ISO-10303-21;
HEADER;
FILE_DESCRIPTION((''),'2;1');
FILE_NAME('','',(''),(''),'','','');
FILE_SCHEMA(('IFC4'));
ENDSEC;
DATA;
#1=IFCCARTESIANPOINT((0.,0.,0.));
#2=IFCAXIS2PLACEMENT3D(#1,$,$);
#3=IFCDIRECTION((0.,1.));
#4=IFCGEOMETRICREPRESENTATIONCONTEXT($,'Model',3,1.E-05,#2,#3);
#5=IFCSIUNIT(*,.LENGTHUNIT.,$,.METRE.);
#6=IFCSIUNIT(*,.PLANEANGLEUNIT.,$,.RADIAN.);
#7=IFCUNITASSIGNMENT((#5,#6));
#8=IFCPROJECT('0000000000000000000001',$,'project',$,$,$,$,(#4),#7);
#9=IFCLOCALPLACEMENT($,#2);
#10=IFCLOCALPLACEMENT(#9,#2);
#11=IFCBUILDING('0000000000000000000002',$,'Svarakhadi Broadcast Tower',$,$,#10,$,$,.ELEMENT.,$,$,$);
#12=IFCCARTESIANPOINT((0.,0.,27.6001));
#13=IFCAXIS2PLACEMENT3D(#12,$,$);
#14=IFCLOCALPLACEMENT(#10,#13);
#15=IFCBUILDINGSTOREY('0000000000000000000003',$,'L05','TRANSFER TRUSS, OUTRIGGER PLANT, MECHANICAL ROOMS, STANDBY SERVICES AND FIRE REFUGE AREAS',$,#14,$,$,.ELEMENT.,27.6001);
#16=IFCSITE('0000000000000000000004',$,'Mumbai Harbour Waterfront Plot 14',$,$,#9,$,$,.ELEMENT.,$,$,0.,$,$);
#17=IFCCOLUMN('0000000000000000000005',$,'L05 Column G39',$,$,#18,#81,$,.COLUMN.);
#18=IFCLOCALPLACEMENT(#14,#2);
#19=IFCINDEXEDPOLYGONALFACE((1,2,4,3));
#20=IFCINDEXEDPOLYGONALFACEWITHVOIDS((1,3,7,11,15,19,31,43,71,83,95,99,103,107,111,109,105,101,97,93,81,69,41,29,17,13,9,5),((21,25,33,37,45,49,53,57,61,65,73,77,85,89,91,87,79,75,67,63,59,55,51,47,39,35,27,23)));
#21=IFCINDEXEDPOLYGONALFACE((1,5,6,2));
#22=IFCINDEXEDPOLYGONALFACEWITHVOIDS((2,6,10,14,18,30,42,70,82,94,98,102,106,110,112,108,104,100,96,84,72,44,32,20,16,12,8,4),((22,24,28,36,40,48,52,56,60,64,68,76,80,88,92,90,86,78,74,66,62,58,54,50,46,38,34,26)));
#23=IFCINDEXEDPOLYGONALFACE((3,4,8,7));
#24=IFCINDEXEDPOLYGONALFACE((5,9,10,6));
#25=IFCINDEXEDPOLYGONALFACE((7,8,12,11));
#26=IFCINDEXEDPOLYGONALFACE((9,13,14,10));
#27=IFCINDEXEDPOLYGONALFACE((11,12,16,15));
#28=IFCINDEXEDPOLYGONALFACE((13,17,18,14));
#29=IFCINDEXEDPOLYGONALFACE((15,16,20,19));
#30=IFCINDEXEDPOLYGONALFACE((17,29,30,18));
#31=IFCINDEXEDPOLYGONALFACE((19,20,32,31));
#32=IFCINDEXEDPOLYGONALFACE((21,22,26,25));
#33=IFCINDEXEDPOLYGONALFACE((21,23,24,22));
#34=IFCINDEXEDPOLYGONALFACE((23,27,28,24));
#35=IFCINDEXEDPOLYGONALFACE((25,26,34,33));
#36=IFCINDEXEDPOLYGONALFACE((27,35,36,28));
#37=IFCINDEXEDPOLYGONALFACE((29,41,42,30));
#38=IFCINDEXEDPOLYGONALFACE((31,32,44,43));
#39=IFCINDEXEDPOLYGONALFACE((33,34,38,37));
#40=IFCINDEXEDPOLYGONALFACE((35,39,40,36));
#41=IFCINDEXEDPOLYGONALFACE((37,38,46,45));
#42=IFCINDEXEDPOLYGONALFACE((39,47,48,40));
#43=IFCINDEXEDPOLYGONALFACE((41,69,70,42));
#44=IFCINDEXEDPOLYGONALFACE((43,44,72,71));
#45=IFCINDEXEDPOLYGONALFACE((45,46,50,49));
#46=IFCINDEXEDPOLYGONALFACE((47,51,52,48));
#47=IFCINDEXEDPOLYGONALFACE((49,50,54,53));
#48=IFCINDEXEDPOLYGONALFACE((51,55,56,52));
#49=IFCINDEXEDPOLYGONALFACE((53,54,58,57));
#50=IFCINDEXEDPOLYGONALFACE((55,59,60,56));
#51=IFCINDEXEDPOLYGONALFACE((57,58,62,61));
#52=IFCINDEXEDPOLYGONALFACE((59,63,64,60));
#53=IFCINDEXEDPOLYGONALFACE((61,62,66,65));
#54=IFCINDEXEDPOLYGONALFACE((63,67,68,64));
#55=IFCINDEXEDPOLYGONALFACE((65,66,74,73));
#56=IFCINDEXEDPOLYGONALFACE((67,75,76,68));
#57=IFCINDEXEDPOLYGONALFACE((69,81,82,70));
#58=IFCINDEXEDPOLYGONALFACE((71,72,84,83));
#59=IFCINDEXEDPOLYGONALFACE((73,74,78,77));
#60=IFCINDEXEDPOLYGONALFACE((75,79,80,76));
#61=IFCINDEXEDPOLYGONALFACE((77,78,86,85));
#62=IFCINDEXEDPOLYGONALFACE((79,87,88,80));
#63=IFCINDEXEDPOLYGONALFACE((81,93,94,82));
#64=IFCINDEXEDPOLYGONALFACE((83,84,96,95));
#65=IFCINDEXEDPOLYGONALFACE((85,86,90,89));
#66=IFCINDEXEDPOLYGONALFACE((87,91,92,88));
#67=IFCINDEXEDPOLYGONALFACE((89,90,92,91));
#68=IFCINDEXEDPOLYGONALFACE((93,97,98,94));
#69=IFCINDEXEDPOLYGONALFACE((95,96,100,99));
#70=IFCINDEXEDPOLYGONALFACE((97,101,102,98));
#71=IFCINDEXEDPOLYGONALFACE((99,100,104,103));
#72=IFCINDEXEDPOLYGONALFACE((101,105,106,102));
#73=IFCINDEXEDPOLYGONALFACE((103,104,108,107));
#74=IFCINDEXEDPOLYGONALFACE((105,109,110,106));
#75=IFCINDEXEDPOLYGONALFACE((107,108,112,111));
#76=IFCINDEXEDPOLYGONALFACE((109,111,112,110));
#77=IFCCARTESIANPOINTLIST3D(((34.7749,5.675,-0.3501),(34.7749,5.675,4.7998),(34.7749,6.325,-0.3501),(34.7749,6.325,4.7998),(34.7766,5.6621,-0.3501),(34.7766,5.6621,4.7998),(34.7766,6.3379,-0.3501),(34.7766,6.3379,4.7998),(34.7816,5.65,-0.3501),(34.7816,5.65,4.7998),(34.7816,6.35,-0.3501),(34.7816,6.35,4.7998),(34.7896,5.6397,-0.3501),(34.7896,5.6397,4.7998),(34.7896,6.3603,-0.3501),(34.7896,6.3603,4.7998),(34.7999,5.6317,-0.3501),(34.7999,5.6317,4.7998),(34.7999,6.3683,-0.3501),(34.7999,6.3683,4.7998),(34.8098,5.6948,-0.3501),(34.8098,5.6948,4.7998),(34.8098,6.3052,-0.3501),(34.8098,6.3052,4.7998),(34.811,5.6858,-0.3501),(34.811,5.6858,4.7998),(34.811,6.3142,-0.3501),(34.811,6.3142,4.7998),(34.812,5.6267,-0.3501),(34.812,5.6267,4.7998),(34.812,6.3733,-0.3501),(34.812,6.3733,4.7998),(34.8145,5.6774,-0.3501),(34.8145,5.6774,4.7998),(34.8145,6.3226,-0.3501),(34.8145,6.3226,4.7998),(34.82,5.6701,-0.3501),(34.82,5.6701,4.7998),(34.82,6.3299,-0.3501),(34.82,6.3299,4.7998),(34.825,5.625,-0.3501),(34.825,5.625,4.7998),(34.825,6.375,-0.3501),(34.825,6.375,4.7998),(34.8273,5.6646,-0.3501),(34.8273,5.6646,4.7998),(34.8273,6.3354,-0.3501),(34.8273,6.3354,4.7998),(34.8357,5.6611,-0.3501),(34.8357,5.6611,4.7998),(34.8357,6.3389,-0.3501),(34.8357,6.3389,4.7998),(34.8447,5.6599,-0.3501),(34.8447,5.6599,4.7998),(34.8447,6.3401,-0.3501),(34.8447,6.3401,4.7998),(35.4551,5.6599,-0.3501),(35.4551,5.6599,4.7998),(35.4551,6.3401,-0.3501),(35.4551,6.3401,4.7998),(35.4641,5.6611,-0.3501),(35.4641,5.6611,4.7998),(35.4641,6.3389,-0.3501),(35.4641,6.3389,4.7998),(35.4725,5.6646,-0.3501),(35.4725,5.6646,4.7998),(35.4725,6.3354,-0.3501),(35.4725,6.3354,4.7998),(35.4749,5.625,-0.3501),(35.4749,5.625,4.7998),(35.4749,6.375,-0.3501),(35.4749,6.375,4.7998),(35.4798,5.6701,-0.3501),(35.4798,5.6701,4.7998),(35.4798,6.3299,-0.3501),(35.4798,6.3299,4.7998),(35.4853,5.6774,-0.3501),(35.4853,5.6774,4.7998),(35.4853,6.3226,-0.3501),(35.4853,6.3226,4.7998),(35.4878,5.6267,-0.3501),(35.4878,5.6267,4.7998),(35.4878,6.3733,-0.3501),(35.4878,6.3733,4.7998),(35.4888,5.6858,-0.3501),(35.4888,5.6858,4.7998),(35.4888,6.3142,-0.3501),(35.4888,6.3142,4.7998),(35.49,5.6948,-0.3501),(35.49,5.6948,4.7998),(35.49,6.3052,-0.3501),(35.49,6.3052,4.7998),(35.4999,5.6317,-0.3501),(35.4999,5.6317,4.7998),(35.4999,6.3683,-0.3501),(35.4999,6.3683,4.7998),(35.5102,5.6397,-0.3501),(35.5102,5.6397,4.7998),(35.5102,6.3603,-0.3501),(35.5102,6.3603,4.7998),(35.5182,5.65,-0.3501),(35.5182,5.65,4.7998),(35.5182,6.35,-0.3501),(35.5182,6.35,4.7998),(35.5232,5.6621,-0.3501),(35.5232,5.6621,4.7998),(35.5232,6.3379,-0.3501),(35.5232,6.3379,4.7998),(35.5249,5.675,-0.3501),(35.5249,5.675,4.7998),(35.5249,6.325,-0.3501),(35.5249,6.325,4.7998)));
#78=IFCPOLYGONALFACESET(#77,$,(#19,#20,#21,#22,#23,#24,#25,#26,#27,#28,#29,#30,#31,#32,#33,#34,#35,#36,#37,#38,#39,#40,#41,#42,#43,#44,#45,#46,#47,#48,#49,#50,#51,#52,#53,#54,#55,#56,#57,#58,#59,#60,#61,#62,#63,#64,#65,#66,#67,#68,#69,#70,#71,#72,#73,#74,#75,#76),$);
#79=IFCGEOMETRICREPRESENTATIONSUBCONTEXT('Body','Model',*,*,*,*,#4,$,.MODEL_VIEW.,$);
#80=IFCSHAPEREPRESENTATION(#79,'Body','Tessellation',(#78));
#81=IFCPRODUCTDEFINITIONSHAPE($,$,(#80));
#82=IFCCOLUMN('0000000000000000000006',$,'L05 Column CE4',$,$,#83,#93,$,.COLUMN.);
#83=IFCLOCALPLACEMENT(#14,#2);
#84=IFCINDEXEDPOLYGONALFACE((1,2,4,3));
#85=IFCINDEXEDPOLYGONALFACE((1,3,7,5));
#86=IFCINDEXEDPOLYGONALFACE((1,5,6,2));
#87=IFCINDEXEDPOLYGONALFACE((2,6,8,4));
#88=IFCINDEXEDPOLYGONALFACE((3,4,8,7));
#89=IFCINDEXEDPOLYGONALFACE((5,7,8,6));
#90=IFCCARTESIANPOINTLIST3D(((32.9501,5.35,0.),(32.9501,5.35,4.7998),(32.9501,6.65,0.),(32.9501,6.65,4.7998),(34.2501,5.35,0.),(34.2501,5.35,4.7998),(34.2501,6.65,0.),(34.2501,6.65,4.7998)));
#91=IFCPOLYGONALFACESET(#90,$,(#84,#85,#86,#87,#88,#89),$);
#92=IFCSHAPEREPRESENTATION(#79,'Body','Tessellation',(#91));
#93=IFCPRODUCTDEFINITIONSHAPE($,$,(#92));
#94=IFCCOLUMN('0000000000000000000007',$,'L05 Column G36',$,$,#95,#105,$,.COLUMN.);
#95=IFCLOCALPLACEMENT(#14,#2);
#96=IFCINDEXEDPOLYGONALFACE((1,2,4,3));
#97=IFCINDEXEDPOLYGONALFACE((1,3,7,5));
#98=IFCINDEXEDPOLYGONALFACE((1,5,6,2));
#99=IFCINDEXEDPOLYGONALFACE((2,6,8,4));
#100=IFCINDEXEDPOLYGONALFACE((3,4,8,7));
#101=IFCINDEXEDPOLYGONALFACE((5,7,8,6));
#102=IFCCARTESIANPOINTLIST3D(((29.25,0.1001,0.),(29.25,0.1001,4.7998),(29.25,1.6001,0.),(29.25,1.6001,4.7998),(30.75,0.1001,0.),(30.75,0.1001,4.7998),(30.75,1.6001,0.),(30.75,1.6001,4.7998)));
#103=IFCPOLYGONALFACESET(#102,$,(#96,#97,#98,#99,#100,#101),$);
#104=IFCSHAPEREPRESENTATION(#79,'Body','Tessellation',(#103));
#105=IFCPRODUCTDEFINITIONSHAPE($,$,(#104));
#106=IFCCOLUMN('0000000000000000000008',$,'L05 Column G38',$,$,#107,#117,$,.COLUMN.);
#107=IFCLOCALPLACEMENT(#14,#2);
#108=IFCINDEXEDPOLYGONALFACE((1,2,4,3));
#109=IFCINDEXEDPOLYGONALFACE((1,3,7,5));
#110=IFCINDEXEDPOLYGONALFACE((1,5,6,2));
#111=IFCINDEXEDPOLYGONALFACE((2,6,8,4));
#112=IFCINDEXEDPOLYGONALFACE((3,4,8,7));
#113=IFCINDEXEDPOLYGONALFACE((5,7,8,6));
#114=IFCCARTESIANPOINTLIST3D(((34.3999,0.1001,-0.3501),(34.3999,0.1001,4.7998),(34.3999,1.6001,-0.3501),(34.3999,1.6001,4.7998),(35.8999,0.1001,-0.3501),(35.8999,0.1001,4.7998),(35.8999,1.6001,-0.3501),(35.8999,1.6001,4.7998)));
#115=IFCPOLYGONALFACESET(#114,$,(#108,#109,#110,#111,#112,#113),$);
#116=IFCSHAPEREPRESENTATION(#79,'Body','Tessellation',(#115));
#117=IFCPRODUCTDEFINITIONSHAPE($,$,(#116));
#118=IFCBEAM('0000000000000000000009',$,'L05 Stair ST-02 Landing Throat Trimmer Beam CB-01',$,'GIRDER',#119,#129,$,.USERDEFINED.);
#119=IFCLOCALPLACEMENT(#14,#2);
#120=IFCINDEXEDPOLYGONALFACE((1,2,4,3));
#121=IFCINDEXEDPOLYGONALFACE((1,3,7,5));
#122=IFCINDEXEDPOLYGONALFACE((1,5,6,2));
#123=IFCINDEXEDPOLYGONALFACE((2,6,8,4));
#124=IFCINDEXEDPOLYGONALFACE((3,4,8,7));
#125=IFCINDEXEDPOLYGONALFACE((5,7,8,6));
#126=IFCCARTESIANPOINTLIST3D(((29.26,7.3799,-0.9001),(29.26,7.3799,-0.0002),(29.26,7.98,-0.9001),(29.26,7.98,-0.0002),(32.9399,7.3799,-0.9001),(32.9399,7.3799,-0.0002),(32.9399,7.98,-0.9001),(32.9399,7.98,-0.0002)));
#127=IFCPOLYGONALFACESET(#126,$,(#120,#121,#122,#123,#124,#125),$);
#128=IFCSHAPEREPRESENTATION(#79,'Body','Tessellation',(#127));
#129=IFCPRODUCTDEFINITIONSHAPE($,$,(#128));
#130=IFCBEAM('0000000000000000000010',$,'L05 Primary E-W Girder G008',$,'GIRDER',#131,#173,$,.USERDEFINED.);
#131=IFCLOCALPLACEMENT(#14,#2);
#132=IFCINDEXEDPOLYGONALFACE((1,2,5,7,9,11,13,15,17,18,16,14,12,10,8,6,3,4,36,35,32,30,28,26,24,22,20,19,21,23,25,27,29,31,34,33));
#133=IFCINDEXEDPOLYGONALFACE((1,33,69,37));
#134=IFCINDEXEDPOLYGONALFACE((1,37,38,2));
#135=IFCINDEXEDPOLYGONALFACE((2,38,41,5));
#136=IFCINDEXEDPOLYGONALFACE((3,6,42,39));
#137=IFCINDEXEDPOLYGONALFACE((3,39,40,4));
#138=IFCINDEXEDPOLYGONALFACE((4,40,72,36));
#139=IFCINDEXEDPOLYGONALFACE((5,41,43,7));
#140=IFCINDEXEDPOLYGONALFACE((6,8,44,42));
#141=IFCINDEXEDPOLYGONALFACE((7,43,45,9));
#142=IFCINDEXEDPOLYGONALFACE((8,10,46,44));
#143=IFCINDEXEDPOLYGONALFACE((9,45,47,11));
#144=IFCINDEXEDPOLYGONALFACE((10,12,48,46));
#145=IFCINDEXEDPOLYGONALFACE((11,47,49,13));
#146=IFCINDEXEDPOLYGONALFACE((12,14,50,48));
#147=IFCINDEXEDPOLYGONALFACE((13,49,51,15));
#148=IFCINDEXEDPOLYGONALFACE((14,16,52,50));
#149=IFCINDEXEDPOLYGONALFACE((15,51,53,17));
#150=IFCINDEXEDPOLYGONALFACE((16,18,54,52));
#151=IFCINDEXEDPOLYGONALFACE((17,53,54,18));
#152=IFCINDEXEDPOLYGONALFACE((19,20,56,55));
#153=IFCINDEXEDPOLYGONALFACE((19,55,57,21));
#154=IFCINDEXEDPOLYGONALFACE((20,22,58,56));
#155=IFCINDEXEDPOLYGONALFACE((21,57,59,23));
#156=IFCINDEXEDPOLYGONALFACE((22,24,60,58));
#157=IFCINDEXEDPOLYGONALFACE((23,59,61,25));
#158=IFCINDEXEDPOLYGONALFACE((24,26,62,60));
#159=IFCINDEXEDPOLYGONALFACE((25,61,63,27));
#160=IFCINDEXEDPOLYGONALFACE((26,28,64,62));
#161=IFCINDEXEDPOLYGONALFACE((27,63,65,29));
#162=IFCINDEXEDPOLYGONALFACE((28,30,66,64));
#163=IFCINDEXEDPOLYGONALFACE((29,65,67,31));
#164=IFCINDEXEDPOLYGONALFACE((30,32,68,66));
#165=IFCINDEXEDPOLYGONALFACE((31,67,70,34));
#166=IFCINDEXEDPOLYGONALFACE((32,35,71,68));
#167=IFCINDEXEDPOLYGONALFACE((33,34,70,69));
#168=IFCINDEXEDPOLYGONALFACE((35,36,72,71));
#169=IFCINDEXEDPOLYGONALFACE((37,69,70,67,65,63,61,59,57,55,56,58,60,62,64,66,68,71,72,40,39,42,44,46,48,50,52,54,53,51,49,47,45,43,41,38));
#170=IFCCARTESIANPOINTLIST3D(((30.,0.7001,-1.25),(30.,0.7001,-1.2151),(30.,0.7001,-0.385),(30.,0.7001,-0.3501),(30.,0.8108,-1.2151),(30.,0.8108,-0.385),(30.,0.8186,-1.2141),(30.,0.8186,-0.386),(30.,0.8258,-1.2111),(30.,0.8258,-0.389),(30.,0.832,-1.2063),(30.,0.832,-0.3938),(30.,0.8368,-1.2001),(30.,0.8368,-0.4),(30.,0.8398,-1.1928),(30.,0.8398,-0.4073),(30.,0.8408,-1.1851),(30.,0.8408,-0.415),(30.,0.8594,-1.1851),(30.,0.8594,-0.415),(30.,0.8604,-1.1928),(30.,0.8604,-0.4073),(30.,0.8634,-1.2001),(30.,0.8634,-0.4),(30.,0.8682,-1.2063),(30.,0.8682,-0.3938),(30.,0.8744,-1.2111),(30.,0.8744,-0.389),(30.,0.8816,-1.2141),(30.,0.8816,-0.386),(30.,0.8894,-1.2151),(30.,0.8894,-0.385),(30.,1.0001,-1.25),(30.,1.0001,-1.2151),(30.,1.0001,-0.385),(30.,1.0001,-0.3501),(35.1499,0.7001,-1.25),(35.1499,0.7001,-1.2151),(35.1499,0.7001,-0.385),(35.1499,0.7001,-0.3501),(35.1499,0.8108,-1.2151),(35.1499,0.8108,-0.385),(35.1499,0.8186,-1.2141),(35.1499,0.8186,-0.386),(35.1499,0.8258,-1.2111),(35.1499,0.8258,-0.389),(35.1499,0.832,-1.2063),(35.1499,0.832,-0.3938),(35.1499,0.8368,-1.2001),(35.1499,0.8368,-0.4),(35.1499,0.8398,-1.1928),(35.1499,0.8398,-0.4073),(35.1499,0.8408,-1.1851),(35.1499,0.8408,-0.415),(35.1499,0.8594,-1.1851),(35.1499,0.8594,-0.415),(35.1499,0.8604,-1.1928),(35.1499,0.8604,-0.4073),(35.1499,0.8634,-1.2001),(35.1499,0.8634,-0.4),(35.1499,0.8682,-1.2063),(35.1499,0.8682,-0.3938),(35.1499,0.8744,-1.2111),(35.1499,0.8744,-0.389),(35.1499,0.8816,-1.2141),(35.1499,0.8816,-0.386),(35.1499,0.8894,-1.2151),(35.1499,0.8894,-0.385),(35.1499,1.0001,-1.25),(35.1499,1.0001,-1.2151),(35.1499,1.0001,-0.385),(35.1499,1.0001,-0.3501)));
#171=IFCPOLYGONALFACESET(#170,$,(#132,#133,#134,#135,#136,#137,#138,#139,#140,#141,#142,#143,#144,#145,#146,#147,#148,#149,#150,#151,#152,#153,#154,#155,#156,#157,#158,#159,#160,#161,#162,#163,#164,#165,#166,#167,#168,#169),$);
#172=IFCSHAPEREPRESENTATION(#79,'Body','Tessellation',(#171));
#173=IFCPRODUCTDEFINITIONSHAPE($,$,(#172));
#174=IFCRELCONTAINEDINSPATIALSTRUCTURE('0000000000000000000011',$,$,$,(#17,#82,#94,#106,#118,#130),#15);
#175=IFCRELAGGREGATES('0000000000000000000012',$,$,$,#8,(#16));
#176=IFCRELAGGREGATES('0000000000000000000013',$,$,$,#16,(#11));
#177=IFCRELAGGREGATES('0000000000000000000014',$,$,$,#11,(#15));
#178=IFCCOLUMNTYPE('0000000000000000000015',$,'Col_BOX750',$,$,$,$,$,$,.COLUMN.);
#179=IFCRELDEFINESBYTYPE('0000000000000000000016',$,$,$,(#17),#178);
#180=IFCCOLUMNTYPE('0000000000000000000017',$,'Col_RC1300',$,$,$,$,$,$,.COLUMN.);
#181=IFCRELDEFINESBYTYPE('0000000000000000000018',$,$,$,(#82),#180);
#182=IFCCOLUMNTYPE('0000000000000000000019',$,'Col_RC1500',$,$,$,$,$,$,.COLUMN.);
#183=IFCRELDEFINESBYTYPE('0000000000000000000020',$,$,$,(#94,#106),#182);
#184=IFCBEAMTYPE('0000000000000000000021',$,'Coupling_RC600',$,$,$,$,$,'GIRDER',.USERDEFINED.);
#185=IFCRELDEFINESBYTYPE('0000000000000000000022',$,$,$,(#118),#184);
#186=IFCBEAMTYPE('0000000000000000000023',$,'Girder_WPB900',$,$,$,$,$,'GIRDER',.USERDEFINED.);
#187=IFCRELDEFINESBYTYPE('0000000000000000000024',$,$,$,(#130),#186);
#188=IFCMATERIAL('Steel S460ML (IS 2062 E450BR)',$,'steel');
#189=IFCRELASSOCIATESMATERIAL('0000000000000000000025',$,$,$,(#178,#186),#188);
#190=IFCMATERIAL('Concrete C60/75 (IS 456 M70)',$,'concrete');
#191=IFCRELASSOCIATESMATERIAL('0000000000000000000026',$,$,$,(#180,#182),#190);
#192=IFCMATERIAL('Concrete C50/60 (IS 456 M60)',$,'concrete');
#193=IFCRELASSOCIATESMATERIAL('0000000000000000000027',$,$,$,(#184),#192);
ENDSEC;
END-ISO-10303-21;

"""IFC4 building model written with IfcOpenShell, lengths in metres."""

from ifc_helpers import new_model, si_unit, direction, frame, origin, origin_2d, place, context, subcontext, project, spatial, rectangle, hollow_rectangle, i_section, extrude, material, material_profile, profile_set, type_object, element, save


model = new_model("IFC4")

# Units and contexts
model_context = context("Model", 3, precision=1e-05, world=origin(), true_north=direction((0.0, 1.0)))
body_context = subcontext(model_context, "Body", "Model", "MODEL_VIEW")
ifc_project = project(units=[si_unit("LENGTHUNIT", "METRE"), si_unit("PLANEANGLEUNIT", "RADIAN")], contexts=[model_context])

# Site, building, storey
site_placement = place(None, origin())
site = spatial("IfcSite", under=ifc_project, at=site_placement, Name="Mumbai Harbour Waterfront Plot 14", CompositionType="ELEMENT", RefElevation=0.0)
building_placement = place(site_placement, origin())
building = spatial("IfcBuilding", under=site, at=building_placement, Name="Svarakhadi Broadcast Tower", CompositionType="ELEMENT")
storey_placement = place(building_placement, frame((0.0, 0.0, 27.6001)))
storey = spatial("IfcBuildingStorey", under=building, at=storey_placement, Name="L05", Description="TRANSFER TRUSS, OUTRIGGER PLANT, MECHANICAL ROOMS, STANDBY SERVICES AND FIRE REFUGE AREAS", CompositionType="ELEMENT", Elevation=27.6001)

# Columns
ifc_material_1 = material(Name="Steel S460ML (IS 2062 E450BR)", Category="steel")
ifc_material_profile_1 = material_profile(ifc_material_1, hollow_rectangle(XDim=0.75, YDim=0.75, WallThickness=0.0349, InnerFilletRadius=0.0349, OuterFilletRadius=0.05, at=origin_2d()), Name="BOX 750x750x35")
ifc_profile_set_1 = profile_set([ifc_material_profile_1], Name="Steel S460ML (IS 2062 E450BR)")
column_type_1 = type_object("IfcColumnType", Name="Col_BOX750", PredefinedType="COLUMN", material=ifc_profile_set_1)
column_1_placement = place(storey_placement, frame((35.1499, 6.0, -0.3501), z_axis=(0.0, 0.0, 1.0), x_axis=(1.0, 0.0, 0.0)))
element("IfcColumn", 1, at=column_1_placement, inside=storey, type_object=column_type_1, Name="L05 Column G39", PredefinedType="COLUMN", context=body_context, shape_type="SweptSolid", body=[
    extrude(hollow_rectangle(XDim=0.75, YDim=0.75, WallThickness=0.0349, InnerFilletRadius=0.0349, OuterFilletRadius=0.05, at=origin_2d()), origin(), (0.0, 0.0, 1.0), 5.1499),
])
ifc_material_2 = material(Name="Concrete C60/75 (IS 456 M70)", Category="concrete")
ifc_material_profile_2 = material_profile(ifc_material_2, rectangle(XDim=1.3, YDim=1.3, at=origin_2d()), Name="RC 1300x1300")
ifc_profile_set_2 = profile_set([ifc_material_profile_2], Name="Concrete C60/75 (IS 456 M70)")
column_type_2 = type_object("IfcColumnType", Name="Col_RC1300", PredefinedType="COLUMN", material=ifc_profile_set_2)
column_2_placement = place(storey_placement, frame((33.6001, 6.0, 0.0), z_axis=(0.0, 0.0, 1.0), x_axis=(1.0, 0.0, 0.0)))
element("IfcColumn", 2, at=column_2_placement, inside=storey, type_object=column_type_2, Name="L05 Column CE4", PredefinedType="COLUMN", context=body_context, shape_type="SweptSolid", body=[
    extrude(rectangle(XDim=1.3, YDim=1.3, at=origin_2d()), origin(), (0.0, 0.0, 1.0), 4.7998),
])
ifc_material_profile_3 = material_profile(ifc_material_2, rectangle(XDim=1.5, YDim=1.5, at=origin_2d()), Name="RC 1500x1500")
ifc_profile_set_3 = profile_set([ifc_material_profile_3], Name="Concrete C60/75 (IS 456 M70)")
column_type_3 = type_object("IfcColumnType", Name="Col_RC1500", PredefinedType="COLUMN", material=ifc_profile_set_3)
column_3_placement = place(storey_placement, frame((30.0, 0.8501, 0.0), z_axis=(0.0, 0.0, 1.0), x_axis=(1.0, 0.0, 0.0)))
element("IfcColumn", 3, at=column_3_placement, inside=storey, type_object=column_type_3, Name="L05 Column G36", PredefinedType="COLUMN", context=body_context, shape_type="SweptSolid", body=[
    extrude(rectangle(XDim=1.5, YDim=1.5, at=origin_2d()), origin(), (0.0, 0.0, 1.0), 4.7998),
])
column_4_placement = place(storey_placement, frame((35.1499, 0.8501, -0.3501), z_axis=(0.0, 0.0, 1.0), x_axis=(1.0, 0.0, 0.0)))
element("IfcColumn", 4, at=column_4_placement, inside=storey, type_object=column_type_3, Name="L05 Column G38", PredefinedType="COLUMN", context=body_context, shape_type="SweptSolid", body=[
    extrude(rectangle(XDim=1.5, YDim=1.5, at=origin_2d()), origin(), (0.0, 0.0, 1.0), 5.1499),
])

# Beams
ifc_material_3 = material(Name="Concrete C50/60 (IS 456 M60)", Category="concrete")
ifc_material_profile_4 = material_profile(ifc_material_3, rectangle(XDim=0.6001, YDim=0.8999, at=origin_2d()), Name="RC 600x900")
ifc_profile_set_4 = profile_set([ifc_material_profile_4], Name="Concrete C50/60 (IS 456 M60)")
beam_type_1 = type_object("IfcBeamType", Name="Coupling_RC600", ElementType="GIRDER", PredefinedType="USERDEFINED", material=ifc_profile_set_4)
beam_1_placement = place(storey_placement, frame((29.26, 7.6799, -0.4502), z_axis=(1.0, 0.0, 0.0), x_axis=(0.0, 1.0, 0.0)))
element("IfcBeam", 5, at=beam_1_placement, inside=storey, type_object=beam_type_1, Name="L05 Stair ST-02 Landing Throat Trimmer Beam CB-01", ObjectType="GIRDER", PredefinedType="USERDEFINED", context=body_context, shape_type="SweptSolid", body=[
    extrude(rectangle(XDim=0.6001, YDim=0.8999, at=origin_2d()), origin(), (0.0, 0.0, 1.0), 3.6799),
])
ifc_material_profile_5 = material_profile(ifc_material_1, i_section(OverallWidth=0.3, OverallDepth=0.8999, WebThickness=0.0186, FlangeThickness=0.0349, FilletRadius=0.03, at=origin_2d()), Name="WPB 900x300x291")
ifc_profile_set_5 = profile_set([ifc_material_profile_5], Name="Steel S460ML (IS 2062 E450BR)")
beam_type_2 = type_object("IfcBeamType", Name="Girder_WPB900", ElementType="GIRDER", PredefinedType="USERDEFINED", material=ifc_profile_set_5)
beam_2_placement = place(storey_placement, frame((30.0, 0.8501, -0.8), z_axis=(1.0, 0.0, 0.0), x_axis=(0.0, 1.0, 0.0)))
element("IfcBeam", 6, at=beam_2_placement, inside=storey, type_object=beam_type_2, Name="L05 Primary E-W Girder G008", ObjectType="GIRDER", PredefinedType="USERDEFINED", context=body_context, shape_type="SweptSolid", body=[
    extrude(i_section(OverallWidth=0.3, OverallDepth=0.8999, WebThickness=0.0186, FlangeThickness=0.0349, FilletRadius=0.03, at=origin_2d()), origin(), (0.0, 0.0, 1.0), 5.1499),
])

save(model, "model.ifc")
